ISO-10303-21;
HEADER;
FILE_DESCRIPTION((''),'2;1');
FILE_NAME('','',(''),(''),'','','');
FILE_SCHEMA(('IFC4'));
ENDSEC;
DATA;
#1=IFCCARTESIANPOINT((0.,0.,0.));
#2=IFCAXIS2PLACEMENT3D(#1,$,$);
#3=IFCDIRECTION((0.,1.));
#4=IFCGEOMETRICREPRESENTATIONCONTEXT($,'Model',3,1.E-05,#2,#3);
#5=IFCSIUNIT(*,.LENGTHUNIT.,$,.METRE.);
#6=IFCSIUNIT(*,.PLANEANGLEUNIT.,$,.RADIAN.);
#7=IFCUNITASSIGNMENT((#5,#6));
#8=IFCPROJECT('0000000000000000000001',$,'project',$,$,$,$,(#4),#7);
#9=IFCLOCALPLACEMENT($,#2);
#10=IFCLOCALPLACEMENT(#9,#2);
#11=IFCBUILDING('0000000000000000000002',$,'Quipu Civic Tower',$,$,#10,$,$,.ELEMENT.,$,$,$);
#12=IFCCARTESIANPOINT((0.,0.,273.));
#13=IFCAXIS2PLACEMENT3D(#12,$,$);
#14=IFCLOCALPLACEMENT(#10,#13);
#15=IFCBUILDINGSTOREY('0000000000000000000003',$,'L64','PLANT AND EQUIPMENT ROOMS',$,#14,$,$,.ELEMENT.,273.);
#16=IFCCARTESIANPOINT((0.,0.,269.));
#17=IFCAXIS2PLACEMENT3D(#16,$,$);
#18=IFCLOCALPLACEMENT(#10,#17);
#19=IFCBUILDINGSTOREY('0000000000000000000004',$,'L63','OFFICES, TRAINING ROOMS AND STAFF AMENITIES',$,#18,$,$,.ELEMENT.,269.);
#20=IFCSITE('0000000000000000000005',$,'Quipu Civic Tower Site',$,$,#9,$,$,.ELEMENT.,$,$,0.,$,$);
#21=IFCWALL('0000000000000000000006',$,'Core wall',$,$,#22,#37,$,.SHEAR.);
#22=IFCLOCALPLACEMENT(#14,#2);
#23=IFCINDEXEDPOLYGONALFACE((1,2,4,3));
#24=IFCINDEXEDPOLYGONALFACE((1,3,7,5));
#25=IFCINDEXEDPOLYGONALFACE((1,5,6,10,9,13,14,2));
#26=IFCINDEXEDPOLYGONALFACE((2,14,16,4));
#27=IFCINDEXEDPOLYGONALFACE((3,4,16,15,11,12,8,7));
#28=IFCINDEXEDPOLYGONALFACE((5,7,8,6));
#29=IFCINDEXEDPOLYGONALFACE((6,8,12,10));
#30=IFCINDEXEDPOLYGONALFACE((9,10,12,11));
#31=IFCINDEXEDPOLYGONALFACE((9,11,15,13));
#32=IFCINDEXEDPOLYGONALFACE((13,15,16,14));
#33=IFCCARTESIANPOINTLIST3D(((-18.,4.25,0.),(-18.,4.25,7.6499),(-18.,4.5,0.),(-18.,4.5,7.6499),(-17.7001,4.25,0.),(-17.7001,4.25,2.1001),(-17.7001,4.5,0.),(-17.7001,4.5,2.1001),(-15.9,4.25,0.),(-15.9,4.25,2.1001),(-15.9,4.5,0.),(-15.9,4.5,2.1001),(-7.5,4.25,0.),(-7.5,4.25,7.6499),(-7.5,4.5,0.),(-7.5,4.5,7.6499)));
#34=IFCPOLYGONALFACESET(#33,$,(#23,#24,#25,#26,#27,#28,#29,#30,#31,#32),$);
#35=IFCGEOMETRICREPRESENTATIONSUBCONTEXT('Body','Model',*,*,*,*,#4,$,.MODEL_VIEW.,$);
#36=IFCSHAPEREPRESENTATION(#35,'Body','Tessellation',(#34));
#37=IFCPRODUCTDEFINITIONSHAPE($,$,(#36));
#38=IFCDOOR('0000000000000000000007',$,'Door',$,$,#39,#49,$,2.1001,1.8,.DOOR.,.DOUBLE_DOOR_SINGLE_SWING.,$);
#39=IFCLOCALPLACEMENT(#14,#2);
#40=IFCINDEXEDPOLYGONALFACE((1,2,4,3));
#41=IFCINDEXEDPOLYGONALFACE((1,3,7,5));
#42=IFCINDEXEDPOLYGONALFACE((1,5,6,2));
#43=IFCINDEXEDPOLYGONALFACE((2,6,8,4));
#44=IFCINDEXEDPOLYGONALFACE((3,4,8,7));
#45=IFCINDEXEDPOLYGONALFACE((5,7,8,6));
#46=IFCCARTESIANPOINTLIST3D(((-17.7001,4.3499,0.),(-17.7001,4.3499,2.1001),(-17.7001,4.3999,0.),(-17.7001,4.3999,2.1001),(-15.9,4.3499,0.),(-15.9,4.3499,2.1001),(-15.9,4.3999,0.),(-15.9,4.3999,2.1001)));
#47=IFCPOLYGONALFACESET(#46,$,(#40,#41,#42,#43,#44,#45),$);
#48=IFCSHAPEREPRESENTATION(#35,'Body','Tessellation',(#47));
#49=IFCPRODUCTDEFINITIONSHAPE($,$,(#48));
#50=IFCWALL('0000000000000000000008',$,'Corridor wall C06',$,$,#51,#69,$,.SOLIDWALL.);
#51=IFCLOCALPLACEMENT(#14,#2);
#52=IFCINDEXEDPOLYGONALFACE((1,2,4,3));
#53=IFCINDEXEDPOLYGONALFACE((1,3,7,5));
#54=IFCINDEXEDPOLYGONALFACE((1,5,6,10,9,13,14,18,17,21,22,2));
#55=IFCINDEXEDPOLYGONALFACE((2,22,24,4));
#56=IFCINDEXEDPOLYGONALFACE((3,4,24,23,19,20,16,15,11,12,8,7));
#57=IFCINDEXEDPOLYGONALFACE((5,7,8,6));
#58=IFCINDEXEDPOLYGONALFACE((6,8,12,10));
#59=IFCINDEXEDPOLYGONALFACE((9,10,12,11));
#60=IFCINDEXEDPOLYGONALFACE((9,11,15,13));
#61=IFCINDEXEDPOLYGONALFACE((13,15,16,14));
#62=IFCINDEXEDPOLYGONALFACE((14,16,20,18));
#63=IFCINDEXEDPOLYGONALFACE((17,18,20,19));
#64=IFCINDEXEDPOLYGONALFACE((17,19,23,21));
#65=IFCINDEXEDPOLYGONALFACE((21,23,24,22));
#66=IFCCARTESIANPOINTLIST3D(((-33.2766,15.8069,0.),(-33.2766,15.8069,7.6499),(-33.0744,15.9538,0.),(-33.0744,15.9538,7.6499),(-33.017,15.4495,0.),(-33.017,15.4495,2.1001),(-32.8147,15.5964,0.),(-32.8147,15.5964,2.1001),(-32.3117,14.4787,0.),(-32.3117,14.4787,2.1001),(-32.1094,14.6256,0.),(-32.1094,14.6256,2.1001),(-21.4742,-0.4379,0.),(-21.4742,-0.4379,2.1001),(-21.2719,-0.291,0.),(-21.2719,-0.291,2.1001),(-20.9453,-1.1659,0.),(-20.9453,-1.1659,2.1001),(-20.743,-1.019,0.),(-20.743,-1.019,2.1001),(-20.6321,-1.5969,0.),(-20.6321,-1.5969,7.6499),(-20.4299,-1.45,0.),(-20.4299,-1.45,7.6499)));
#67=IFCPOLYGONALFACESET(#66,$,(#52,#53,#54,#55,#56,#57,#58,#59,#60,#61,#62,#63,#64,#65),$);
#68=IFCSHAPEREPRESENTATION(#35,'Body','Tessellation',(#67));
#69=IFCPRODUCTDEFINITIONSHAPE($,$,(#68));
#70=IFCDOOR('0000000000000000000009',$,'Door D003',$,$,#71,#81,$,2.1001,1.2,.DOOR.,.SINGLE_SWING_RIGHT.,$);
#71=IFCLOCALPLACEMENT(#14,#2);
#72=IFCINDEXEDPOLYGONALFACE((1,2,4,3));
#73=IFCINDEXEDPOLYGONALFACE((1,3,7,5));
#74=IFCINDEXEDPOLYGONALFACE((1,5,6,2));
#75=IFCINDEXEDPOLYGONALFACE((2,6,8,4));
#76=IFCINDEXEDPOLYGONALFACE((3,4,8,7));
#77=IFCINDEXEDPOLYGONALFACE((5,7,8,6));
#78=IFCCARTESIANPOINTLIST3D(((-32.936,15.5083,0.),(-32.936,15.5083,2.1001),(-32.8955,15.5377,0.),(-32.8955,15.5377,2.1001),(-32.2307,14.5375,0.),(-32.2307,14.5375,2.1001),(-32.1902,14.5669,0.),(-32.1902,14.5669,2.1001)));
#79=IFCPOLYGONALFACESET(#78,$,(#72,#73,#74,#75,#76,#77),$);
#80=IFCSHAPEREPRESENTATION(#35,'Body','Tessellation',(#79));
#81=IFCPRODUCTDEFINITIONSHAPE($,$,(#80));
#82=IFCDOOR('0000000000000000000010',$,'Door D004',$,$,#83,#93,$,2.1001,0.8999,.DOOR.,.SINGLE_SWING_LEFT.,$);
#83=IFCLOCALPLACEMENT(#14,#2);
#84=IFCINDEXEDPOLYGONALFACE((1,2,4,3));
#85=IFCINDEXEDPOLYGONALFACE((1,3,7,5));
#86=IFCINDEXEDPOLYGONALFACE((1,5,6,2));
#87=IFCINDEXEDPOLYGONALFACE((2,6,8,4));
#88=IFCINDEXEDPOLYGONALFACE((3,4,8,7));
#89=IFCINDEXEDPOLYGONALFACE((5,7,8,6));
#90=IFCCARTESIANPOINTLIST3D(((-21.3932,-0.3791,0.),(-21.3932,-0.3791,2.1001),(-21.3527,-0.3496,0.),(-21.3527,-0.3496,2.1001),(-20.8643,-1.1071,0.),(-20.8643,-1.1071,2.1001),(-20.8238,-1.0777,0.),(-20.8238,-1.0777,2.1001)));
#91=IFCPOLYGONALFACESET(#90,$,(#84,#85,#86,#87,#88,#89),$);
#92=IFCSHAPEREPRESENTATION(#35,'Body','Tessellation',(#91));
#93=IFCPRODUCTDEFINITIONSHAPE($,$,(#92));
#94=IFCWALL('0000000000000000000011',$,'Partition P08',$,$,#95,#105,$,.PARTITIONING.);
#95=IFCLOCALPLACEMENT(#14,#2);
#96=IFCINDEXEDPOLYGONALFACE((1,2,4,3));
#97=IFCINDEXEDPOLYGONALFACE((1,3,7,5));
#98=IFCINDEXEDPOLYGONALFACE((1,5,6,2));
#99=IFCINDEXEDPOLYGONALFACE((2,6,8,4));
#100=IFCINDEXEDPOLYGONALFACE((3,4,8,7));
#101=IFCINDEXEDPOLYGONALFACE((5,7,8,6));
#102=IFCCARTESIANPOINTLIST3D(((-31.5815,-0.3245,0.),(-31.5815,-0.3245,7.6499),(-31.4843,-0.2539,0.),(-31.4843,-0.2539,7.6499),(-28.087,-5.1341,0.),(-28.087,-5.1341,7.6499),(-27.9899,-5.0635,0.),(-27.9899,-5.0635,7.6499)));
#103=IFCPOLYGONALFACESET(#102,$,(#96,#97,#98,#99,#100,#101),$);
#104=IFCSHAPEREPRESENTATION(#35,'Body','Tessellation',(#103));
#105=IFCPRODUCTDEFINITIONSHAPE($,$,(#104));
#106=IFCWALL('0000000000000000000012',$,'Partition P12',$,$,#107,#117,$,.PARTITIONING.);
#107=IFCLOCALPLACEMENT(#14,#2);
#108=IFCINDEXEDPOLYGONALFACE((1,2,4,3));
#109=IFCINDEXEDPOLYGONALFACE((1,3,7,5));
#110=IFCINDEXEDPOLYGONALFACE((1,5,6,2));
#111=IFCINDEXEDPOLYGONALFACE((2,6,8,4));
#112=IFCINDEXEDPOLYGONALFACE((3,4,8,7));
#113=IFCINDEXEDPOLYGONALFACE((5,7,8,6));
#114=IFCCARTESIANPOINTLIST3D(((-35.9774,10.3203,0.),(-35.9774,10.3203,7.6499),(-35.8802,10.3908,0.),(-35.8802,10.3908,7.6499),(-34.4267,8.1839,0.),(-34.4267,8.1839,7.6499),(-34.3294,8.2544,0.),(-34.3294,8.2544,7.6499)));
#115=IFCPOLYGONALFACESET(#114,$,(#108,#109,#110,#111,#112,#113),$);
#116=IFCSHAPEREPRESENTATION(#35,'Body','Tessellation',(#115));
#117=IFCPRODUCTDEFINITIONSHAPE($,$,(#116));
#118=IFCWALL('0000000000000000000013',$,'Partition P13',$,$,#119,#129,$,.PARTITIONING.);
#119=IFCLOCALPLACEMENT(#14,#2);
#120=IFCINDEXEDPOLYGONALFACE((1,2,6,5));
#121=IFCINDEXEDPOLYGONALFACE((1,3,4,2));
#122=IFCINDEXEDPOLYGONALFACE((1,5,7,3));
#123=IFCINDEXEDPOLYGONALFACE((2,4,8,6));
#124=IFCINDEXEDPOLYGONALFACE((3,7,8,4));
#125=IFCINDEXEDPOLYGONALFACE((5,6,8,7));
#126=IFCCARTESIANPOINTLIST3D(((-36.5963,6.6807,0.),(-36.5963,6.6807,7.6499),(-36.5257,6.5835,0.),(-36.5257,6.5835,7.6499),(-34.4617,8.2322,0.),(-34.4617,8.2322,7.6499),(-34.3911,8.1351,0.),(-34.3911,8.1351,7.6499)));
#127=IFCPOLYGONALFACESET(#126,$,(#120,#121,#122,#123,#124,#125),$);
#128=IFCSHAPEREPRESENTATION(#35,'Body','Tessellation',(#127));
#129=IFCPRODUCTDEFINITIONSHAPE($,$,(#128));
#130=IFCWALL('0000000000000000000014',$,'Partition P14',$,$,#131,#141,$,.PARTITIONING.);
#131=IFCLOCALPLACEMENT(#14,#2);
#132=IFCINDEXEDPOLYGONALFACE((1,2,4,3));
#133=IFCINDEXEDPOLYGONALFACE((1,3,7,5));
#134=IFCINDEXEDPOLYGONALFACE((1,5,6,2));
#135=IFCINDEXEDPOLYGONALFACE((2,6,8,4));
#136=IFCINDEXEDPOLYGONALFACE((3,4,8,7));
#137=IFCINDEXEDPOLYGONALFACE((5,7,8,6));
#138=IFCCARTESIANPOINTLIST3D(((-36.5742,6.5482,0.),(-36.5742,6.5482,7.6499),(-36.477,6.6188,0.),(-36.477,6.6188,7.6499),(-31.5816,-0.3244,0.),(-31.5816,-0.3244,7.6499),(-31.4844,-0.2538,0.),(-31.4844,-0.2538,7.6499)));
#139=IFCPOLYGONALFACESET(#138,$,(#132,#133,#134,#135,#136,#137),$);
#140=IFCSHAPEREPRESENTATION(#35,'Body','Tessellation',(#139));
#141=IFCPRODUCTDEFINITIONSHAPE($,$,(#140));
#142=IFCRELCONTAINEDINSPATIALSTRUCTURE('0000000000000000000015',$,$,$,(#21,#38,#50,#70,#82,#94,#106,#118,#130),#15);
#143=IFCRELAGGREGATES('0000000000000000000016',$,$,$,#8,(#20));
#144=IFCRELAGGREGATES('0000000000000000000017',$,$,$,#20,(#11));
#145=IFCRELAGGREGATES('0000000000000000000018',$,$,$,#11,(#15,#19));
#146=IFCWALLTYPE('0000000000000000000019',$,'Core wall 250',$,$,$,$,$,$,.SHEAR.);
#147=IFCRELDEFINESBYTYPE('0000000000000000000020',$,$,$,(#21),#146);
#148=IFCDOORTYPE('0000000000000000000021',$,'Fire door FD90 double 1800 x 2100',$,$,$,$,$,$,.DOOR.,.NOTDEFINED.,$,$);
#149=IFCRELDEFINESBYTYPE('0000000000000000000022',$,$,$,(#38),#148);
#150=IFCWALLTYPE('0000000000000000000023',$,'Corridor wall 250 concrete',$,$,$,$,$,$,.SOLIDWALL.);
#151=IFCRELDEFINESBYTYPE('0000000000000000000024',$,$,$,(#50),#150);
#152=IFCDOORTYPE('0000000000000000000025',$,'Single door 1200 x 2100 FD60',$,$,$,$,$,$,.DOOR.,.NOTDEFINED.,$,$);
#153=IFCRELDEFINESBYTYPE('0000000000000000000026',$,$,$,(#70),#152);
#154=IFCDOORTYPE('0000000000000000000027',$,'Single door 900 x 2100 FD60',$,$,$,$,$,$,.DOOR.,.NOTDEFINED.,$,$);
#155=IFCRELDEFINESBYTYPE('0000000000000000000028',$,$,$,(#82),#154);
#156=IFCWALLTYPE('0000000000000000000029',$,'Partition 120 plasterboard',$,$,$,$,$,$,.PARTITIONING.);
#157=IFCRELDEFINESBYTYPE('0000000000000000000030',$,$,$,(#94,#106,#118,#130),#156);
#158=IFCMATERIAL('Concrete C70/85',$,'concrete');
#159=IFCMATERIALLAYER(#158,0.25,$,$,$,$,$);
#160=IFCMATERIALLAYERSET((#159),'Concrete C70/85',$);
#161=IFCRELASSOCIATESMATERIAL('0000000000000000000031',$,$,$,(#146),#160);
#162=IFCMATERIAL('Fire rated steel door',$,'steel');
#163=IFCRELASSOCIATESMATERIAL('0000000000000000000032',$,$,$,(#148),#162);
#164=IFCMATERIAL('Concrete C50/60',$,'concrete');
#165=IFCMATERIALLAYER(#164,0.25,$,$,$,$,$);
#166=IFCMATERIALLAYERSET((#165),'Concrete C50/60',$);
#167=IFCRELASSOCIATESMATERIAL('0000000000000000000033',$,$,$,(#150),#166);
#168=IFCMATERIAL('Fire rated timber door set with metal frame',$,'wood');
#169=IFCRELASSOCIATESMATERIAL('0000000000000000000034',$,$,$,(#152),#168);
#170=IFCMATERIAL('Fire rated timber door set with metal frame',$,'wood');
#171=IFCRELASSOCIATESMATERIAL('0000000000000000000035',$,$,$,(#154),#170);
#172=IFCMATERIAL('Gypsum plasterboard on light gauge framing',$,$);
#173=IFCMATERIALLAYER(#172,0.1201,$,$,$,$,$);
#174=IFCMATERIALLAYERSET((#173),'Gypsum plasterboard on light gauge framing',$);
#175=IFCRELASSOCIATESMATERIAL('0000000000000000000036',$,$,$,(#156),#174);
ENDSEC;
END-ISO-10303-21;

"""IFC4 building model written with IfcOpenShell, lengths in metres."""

from ifc_helpers import new_model, si_unit, direction, frame, frame_2d, origin, place, context, subcontext, project, spatial, rectangle, extrude, material, layer, layer_set, type_object, element, fill, save


model = new_model("IFC4")

# Units and contexts
model_context = context("Model", 3, precision=1e-05, world=origin(), true_north=direction((0.0, 1.0)))
body_context = subcontext(model_context, "Body", "Model", "MODEL_VIEW")
ifc_project = project(units=[si_unit("LENGTHUNIT", "METRE"), si_unit("PLANEANGLEUNIT", "RADIAN")], contexts=[model_context])

# Site, building, storey
site_placement = place(None, origin())
site = spatial("IfcSite", under=ifc_project, at=site_placement, Name="Quipu Civic Tower Site", CompositionType="ELEMENT", RefElevation=0.0)
building_placement = place(site_placement, origin())
building = spatial("IfcBuilding", under=site, at=building_placement, Name="Quipu Civic Tower", CompositionType="ELEMENT")
storey_1_placement = place(building_placement, frame((0.0, 0.0, 273.0)))
storey_1 = spatial("IfcBuildingStorey", under=building, at=storey_1_placement, Name="L64", Description="PLANT AND EQUIPMENT ROOMS", CompositionType="ELEMENT", Elevation=273.0)

# Shared definitions
storey_2_placement = place(building_placement, frame((0.0, 0.0, 269.0)))
storey_2 = spatial("IfcBuildingStorey", under=building, at=storey_2_placement, Name="L63", Description="OFFICES, TRAINING ROOMS AND STAFF AMENITIES", CompositionType="ELEMENT", Elevation=269.0)

# Wall, opening, door
ifc_material_1 = material(Name="Concrete C70/85", Category="concrete")
ifc_layer_1 = layer(ifc_material_1, 0.25)
ifc_layer_set_1 = layer_set([ifc_layer_1], Name="Concrete C70/85")
wall_type_1 = type_object("IfcWallType", Name="Core wall 250", PredefinedType="SHEAR", material=ifc_layer_set_1)
ifc_material_2 = material(Name="Fire rated steel door", Category="steel")
door_type_1 = type_object("IfcDoorType", Name="Fire door FD90 double 1800 x 2100", OperationType="NOTDEFINED", PredefinedType="DOOR", material=ifc_material_2)
wall_1_placement = place(storey_1_placement, frame((-18.0, 4.375, 0.0), z_axis=(0.0, 0.0, 1.0), x_axis=(1.0, 0.0, 0.0)))
wall_1 = element("IfcWall", 1, at=wall_1_placement, inside=storey_1, type_object=wall_type_1, Name="Core wall", PredefinedType="SHEAR", context=body_context, shape_type="SweptSolid", body=[
    extrude(rectangle(XDim=10.5, YDim=0.25, at=frame_2d((5.25, 0.0))), origin(), (0.0, 0.0, 1.0), 7.6499),
])
opening_1_placement = place(wall_1_placement, frame((0.3, 0.0, 0.0)))
opening_1 = element("IfcOpeningElement", 2, at=opening_1_placement, cuts=wall_1, PredefinedType="OPENING", context=body_context, shape_type="SweptSolid", body=[
    extrude(rectangle(XDim=1.8, YDim=2.1001, at=frame_2d((0.8999, 1.05))), frame((0.0, 0.135, 0.0), z_axis=(0.0, -1.0, 0.0), x_axis=(1.0, 0.0, 0.0)), (0.0, 0.0, 1.0), 0.27),
])
door_1_placement = place(opening_1_placement, origin())
door_1 = element("IfcDoor", 3, at=door_1_placement, inside=storey_1, type_object=door_type_1, Name="Door", OperationType="DOUBLE_DOOR_SINGLE_SWING", OverallHeight=2.1001, OverallWidth=1.8, PredefinedType="DOOR", context=body_context, shape_type="SweptSolid", body=[
    extrude(rectangle(XDim=1.8, YDim=2.1001, at=frame_2d((0.8999, 1.05))), frame((0.0, 0.0249, 0.0), z_axis=(0.0, -1.0, 0.0), x_axis=(1.0, 0.0, 0.0)), (0.0, 0.0, 1.0), 0.05),
])
fill(opening_1, door_1)

# Wall, openings, doors
ifc_material_3 = material(Name="Concrete C50/60", Category="concrete")
ifc_layer_2 = layer(ifc_material_3, 0.25)
ifc_layer_set_2 = layer_set([ifc_layer_2], Name="Concrete C50/60")
wall_type_2 = type_object("IfcWallType", Name="Corridor wall 250 concrete", PredefinedType="SOLIDWALL", material=ifc_layer_set_2)
wall_2_placement = place(storey_1_placement, frame((-20.531, -1.5234, 0.0), z_axis=(0.0, 0.0, 1.0), x_axis=(-0.587783, 0.809019, 0.0)))
wall_2 = element("IfcWall", 4, at=wall_2_placement, inside=storey_1, type_object=wall_type_2, Name="Corridor wall C06", PredefinedType="SOLIDWALL", context=body_context, shape_type="SweptSolid", body=[
    extrude(rectangle(XDim=21.5122, YDim=0.25, at=frame_2d((10.7561, 0.0))), origin(), (0.0, 0.0, 1.0), 7.6499),
])
opening_2_placement = place(wall_2_placement, frame((0.5327, 0.0, 0.0)))
opening_2 = element("IfcOpeningElement", 5, at=opening_2_placement, cuts=wall_2, PredefinedType="OPENING", context=body_context, shape_type="SweptSolid", body=[
    extrude(rectangle(XDim=0.8999, YDim=2.1001, at=frame_2d((0.45, 1.05))), frame((0.0, 0.135, 0.0), z_axis=(0.0, -1.0, 0.0), x_axis=(1.0, 0.0, 0.0)), (0.0, 0.0, 1.0), 0.27),
])
opening_3_placement = place(wall_2_placement, frame((19.8704, 0.0, 0.0)))
opening_3 = element("IfcOpeningElement", 6, at=opening_3_placement, cuts=wall_2, PredefinedType="OPENING", context=body_context, shape_type="SweptSolid", body=[
    extrude(rectangle(XDim=1.2, YDim=2.1001, at=frame_2d((0.6001, 1.05))), frame((0.0, 0.135, 0.0), z_axis=(0.0, -1.0, 0.0), x_axis=(1.0, 0.0, 0.0)), (0.0, 0.0, 1.0), 0.27),
])
ifc_material_4 = material(Name="Fire rated timber door set with metal frame", Category="wood")
door_type_2 = type_object("IfcDoorType", Name="Single door 1200 x 2100 FD60", OperationType="NOTDEFINED", PredefinedType="DOOR", material=ifc_material_4)
door_2_placement = place(opening_3_placement, origin())
door_2 = element("IfcDoor", 7, at=door_2_placement, inside=storey_1, type_object=door_type_2, Name="Door D003", OperationType="SINGLE_SWING_RIGHT", OverallHeight=2.1001, OverallWidth=1.2, PredefinedType="DOOR", context=body_context, shape_type="SweptSolid", body=[
    extrude(rectangle(XDim=1.2, YDim=2.1001, at=frame_2d((0.6001, 1.05))), frame((0.0, 0.0249, 0.0), z_axis=(0.0, -1.0, 0.0), x_axis=(1.0, 0.0, 0.0)), (0.0, 0.0, 1.0), 0.05),
])
fill(opening_3, door_2)
ifc_material_5 = material(Name="Fire rated timber door set with metal frame", Category="wood")
door_type_3 = type_object("IfcDoorType", Name="Single door 900 x 2100 FD60", OperationType="NOTDEFINED", PredefinedType="DOOR", material=ifc_material_5)
door_3_placement = place(opening_2_placement, origin())
door_3 = element("IfcDoor", 8, at=door_3_placement, inside=storey_1, type_object=door_type_3, Name="Door D004", OperationType="SINGLE_SWING_LEFT", OverallHeight=2.1001, OverallWidth=0.8999, PredefinedType="DOOR", context=body_context, shape_type="SweptSolid", body=[
    extrude(rectangle(XDim=0.8999, YDim=2.1001, at=frame_2d((0.45, 1.05))), frame((0.0, 0.0249, 0.0), z_axis=(0.0, -1.0, 0.0), x_axis=(1.0, 0.0, 0.0)), (0.0, 0.0, 1.0), 0.05),
])
fill(opening_2, door_3)

# Walls
ifc_material_6 = material(Name="Gypsum plasterboard on light gauge framing")
ifc_layer_3 = layer(ifc_material_6, 0.1201)
ifc_layer_set_3 = layer_set([ifc_layer_3], Name="Gypsum plasterboard on light gauge framing")
wall_type_3 = type_object("IfcWallType", Name="Partition 120 plasterboard", PredefinedType="PARTITIONING", material=ifc_layer_set_3)
wall_3_placement = place(storey_1_placement, frame((-31.533, -0.2891, 0.0), z_axis=(0.0, 0.0, 1.0), x_axis=(0.587788, -0.809015, 0.0)))
element("IfcWall", 9, at=wall_3_placement, inside=storey_1, type_object=wall_type_3, Name="Partition P08", PredefinedType="PARTITIONING", context=body_context, shape_type="SweptSolid", body=[
    extrude(rectangle(XDim=5.9451, YDim=0.1201, at=frame_2d((2.9727, 0.0))), origin(), (0.0, 0.0, 1.0), 7.6499),
])
wall_4_placement = place(storey_1_placement, frame((-35.9287, 10.3555, 0.0), z_axis=(0.0, 0.0, 1.0), x_axis=(0.587424, -0.80928, 0.0)))
element("IfcWall", 10, at=wall_4_placement, inside=storey_1, type_object=wall_type_3, Name="Partition P12", PredefinedType="PARTITIONING", context=body_context, shape_type="SweptSolid", body=[
    extrude(rectangle(XDim=2.6399, YDim=0.1201, at=frame_2d((1.3198, 0.0))), origin(), (0.0, 0.0, 1.0), 7.6499),
])
wall_5_placement = place(storey_1_placement, frame((-34.4265, 8.1836, 0.0), z_axis=(0.0, 0.0, 1.0), x_axis=(-0.808892, -0.587957, 0.0)))
element("IfcWall", 11, at=wall_5_placement, inside=storey_1, type_object=wall_type_3, Name="Partition P13", PredefinedType="PARTITIONING", context=body_context, shape_type="SweptSolid", body=[
    extrude(rectangle(XDim=2.6389, YDim=0.1201, at=frame_2d((1.3193, 0.0))), origin(), (0.0, 0.0, 1.0), 7.6499),
])
wall_6_placement = place(storey_1_placement, frame((-36.5256, 6.5835, 0.0), z_axis=(0.0, 0.0, 1.0), x_axis=(0.587744, -0.809047, 0.0)))
element("IfcWall", 12, at=wall_6_placement, inside=storey_1, type_object=wall_type_3, Name="Partition P14", PredefinedType="PARTITIONING", context=body_context, shape_type="SweptSolid", body=[
    extrude(rectangle(XDim=8.4946, YDim=0.1201, at=frame_2d((4.2473, 0.0))), origin(), (0.0, 0.0, 1.0), 7.6499),
])

save(model, "model.ifc")
